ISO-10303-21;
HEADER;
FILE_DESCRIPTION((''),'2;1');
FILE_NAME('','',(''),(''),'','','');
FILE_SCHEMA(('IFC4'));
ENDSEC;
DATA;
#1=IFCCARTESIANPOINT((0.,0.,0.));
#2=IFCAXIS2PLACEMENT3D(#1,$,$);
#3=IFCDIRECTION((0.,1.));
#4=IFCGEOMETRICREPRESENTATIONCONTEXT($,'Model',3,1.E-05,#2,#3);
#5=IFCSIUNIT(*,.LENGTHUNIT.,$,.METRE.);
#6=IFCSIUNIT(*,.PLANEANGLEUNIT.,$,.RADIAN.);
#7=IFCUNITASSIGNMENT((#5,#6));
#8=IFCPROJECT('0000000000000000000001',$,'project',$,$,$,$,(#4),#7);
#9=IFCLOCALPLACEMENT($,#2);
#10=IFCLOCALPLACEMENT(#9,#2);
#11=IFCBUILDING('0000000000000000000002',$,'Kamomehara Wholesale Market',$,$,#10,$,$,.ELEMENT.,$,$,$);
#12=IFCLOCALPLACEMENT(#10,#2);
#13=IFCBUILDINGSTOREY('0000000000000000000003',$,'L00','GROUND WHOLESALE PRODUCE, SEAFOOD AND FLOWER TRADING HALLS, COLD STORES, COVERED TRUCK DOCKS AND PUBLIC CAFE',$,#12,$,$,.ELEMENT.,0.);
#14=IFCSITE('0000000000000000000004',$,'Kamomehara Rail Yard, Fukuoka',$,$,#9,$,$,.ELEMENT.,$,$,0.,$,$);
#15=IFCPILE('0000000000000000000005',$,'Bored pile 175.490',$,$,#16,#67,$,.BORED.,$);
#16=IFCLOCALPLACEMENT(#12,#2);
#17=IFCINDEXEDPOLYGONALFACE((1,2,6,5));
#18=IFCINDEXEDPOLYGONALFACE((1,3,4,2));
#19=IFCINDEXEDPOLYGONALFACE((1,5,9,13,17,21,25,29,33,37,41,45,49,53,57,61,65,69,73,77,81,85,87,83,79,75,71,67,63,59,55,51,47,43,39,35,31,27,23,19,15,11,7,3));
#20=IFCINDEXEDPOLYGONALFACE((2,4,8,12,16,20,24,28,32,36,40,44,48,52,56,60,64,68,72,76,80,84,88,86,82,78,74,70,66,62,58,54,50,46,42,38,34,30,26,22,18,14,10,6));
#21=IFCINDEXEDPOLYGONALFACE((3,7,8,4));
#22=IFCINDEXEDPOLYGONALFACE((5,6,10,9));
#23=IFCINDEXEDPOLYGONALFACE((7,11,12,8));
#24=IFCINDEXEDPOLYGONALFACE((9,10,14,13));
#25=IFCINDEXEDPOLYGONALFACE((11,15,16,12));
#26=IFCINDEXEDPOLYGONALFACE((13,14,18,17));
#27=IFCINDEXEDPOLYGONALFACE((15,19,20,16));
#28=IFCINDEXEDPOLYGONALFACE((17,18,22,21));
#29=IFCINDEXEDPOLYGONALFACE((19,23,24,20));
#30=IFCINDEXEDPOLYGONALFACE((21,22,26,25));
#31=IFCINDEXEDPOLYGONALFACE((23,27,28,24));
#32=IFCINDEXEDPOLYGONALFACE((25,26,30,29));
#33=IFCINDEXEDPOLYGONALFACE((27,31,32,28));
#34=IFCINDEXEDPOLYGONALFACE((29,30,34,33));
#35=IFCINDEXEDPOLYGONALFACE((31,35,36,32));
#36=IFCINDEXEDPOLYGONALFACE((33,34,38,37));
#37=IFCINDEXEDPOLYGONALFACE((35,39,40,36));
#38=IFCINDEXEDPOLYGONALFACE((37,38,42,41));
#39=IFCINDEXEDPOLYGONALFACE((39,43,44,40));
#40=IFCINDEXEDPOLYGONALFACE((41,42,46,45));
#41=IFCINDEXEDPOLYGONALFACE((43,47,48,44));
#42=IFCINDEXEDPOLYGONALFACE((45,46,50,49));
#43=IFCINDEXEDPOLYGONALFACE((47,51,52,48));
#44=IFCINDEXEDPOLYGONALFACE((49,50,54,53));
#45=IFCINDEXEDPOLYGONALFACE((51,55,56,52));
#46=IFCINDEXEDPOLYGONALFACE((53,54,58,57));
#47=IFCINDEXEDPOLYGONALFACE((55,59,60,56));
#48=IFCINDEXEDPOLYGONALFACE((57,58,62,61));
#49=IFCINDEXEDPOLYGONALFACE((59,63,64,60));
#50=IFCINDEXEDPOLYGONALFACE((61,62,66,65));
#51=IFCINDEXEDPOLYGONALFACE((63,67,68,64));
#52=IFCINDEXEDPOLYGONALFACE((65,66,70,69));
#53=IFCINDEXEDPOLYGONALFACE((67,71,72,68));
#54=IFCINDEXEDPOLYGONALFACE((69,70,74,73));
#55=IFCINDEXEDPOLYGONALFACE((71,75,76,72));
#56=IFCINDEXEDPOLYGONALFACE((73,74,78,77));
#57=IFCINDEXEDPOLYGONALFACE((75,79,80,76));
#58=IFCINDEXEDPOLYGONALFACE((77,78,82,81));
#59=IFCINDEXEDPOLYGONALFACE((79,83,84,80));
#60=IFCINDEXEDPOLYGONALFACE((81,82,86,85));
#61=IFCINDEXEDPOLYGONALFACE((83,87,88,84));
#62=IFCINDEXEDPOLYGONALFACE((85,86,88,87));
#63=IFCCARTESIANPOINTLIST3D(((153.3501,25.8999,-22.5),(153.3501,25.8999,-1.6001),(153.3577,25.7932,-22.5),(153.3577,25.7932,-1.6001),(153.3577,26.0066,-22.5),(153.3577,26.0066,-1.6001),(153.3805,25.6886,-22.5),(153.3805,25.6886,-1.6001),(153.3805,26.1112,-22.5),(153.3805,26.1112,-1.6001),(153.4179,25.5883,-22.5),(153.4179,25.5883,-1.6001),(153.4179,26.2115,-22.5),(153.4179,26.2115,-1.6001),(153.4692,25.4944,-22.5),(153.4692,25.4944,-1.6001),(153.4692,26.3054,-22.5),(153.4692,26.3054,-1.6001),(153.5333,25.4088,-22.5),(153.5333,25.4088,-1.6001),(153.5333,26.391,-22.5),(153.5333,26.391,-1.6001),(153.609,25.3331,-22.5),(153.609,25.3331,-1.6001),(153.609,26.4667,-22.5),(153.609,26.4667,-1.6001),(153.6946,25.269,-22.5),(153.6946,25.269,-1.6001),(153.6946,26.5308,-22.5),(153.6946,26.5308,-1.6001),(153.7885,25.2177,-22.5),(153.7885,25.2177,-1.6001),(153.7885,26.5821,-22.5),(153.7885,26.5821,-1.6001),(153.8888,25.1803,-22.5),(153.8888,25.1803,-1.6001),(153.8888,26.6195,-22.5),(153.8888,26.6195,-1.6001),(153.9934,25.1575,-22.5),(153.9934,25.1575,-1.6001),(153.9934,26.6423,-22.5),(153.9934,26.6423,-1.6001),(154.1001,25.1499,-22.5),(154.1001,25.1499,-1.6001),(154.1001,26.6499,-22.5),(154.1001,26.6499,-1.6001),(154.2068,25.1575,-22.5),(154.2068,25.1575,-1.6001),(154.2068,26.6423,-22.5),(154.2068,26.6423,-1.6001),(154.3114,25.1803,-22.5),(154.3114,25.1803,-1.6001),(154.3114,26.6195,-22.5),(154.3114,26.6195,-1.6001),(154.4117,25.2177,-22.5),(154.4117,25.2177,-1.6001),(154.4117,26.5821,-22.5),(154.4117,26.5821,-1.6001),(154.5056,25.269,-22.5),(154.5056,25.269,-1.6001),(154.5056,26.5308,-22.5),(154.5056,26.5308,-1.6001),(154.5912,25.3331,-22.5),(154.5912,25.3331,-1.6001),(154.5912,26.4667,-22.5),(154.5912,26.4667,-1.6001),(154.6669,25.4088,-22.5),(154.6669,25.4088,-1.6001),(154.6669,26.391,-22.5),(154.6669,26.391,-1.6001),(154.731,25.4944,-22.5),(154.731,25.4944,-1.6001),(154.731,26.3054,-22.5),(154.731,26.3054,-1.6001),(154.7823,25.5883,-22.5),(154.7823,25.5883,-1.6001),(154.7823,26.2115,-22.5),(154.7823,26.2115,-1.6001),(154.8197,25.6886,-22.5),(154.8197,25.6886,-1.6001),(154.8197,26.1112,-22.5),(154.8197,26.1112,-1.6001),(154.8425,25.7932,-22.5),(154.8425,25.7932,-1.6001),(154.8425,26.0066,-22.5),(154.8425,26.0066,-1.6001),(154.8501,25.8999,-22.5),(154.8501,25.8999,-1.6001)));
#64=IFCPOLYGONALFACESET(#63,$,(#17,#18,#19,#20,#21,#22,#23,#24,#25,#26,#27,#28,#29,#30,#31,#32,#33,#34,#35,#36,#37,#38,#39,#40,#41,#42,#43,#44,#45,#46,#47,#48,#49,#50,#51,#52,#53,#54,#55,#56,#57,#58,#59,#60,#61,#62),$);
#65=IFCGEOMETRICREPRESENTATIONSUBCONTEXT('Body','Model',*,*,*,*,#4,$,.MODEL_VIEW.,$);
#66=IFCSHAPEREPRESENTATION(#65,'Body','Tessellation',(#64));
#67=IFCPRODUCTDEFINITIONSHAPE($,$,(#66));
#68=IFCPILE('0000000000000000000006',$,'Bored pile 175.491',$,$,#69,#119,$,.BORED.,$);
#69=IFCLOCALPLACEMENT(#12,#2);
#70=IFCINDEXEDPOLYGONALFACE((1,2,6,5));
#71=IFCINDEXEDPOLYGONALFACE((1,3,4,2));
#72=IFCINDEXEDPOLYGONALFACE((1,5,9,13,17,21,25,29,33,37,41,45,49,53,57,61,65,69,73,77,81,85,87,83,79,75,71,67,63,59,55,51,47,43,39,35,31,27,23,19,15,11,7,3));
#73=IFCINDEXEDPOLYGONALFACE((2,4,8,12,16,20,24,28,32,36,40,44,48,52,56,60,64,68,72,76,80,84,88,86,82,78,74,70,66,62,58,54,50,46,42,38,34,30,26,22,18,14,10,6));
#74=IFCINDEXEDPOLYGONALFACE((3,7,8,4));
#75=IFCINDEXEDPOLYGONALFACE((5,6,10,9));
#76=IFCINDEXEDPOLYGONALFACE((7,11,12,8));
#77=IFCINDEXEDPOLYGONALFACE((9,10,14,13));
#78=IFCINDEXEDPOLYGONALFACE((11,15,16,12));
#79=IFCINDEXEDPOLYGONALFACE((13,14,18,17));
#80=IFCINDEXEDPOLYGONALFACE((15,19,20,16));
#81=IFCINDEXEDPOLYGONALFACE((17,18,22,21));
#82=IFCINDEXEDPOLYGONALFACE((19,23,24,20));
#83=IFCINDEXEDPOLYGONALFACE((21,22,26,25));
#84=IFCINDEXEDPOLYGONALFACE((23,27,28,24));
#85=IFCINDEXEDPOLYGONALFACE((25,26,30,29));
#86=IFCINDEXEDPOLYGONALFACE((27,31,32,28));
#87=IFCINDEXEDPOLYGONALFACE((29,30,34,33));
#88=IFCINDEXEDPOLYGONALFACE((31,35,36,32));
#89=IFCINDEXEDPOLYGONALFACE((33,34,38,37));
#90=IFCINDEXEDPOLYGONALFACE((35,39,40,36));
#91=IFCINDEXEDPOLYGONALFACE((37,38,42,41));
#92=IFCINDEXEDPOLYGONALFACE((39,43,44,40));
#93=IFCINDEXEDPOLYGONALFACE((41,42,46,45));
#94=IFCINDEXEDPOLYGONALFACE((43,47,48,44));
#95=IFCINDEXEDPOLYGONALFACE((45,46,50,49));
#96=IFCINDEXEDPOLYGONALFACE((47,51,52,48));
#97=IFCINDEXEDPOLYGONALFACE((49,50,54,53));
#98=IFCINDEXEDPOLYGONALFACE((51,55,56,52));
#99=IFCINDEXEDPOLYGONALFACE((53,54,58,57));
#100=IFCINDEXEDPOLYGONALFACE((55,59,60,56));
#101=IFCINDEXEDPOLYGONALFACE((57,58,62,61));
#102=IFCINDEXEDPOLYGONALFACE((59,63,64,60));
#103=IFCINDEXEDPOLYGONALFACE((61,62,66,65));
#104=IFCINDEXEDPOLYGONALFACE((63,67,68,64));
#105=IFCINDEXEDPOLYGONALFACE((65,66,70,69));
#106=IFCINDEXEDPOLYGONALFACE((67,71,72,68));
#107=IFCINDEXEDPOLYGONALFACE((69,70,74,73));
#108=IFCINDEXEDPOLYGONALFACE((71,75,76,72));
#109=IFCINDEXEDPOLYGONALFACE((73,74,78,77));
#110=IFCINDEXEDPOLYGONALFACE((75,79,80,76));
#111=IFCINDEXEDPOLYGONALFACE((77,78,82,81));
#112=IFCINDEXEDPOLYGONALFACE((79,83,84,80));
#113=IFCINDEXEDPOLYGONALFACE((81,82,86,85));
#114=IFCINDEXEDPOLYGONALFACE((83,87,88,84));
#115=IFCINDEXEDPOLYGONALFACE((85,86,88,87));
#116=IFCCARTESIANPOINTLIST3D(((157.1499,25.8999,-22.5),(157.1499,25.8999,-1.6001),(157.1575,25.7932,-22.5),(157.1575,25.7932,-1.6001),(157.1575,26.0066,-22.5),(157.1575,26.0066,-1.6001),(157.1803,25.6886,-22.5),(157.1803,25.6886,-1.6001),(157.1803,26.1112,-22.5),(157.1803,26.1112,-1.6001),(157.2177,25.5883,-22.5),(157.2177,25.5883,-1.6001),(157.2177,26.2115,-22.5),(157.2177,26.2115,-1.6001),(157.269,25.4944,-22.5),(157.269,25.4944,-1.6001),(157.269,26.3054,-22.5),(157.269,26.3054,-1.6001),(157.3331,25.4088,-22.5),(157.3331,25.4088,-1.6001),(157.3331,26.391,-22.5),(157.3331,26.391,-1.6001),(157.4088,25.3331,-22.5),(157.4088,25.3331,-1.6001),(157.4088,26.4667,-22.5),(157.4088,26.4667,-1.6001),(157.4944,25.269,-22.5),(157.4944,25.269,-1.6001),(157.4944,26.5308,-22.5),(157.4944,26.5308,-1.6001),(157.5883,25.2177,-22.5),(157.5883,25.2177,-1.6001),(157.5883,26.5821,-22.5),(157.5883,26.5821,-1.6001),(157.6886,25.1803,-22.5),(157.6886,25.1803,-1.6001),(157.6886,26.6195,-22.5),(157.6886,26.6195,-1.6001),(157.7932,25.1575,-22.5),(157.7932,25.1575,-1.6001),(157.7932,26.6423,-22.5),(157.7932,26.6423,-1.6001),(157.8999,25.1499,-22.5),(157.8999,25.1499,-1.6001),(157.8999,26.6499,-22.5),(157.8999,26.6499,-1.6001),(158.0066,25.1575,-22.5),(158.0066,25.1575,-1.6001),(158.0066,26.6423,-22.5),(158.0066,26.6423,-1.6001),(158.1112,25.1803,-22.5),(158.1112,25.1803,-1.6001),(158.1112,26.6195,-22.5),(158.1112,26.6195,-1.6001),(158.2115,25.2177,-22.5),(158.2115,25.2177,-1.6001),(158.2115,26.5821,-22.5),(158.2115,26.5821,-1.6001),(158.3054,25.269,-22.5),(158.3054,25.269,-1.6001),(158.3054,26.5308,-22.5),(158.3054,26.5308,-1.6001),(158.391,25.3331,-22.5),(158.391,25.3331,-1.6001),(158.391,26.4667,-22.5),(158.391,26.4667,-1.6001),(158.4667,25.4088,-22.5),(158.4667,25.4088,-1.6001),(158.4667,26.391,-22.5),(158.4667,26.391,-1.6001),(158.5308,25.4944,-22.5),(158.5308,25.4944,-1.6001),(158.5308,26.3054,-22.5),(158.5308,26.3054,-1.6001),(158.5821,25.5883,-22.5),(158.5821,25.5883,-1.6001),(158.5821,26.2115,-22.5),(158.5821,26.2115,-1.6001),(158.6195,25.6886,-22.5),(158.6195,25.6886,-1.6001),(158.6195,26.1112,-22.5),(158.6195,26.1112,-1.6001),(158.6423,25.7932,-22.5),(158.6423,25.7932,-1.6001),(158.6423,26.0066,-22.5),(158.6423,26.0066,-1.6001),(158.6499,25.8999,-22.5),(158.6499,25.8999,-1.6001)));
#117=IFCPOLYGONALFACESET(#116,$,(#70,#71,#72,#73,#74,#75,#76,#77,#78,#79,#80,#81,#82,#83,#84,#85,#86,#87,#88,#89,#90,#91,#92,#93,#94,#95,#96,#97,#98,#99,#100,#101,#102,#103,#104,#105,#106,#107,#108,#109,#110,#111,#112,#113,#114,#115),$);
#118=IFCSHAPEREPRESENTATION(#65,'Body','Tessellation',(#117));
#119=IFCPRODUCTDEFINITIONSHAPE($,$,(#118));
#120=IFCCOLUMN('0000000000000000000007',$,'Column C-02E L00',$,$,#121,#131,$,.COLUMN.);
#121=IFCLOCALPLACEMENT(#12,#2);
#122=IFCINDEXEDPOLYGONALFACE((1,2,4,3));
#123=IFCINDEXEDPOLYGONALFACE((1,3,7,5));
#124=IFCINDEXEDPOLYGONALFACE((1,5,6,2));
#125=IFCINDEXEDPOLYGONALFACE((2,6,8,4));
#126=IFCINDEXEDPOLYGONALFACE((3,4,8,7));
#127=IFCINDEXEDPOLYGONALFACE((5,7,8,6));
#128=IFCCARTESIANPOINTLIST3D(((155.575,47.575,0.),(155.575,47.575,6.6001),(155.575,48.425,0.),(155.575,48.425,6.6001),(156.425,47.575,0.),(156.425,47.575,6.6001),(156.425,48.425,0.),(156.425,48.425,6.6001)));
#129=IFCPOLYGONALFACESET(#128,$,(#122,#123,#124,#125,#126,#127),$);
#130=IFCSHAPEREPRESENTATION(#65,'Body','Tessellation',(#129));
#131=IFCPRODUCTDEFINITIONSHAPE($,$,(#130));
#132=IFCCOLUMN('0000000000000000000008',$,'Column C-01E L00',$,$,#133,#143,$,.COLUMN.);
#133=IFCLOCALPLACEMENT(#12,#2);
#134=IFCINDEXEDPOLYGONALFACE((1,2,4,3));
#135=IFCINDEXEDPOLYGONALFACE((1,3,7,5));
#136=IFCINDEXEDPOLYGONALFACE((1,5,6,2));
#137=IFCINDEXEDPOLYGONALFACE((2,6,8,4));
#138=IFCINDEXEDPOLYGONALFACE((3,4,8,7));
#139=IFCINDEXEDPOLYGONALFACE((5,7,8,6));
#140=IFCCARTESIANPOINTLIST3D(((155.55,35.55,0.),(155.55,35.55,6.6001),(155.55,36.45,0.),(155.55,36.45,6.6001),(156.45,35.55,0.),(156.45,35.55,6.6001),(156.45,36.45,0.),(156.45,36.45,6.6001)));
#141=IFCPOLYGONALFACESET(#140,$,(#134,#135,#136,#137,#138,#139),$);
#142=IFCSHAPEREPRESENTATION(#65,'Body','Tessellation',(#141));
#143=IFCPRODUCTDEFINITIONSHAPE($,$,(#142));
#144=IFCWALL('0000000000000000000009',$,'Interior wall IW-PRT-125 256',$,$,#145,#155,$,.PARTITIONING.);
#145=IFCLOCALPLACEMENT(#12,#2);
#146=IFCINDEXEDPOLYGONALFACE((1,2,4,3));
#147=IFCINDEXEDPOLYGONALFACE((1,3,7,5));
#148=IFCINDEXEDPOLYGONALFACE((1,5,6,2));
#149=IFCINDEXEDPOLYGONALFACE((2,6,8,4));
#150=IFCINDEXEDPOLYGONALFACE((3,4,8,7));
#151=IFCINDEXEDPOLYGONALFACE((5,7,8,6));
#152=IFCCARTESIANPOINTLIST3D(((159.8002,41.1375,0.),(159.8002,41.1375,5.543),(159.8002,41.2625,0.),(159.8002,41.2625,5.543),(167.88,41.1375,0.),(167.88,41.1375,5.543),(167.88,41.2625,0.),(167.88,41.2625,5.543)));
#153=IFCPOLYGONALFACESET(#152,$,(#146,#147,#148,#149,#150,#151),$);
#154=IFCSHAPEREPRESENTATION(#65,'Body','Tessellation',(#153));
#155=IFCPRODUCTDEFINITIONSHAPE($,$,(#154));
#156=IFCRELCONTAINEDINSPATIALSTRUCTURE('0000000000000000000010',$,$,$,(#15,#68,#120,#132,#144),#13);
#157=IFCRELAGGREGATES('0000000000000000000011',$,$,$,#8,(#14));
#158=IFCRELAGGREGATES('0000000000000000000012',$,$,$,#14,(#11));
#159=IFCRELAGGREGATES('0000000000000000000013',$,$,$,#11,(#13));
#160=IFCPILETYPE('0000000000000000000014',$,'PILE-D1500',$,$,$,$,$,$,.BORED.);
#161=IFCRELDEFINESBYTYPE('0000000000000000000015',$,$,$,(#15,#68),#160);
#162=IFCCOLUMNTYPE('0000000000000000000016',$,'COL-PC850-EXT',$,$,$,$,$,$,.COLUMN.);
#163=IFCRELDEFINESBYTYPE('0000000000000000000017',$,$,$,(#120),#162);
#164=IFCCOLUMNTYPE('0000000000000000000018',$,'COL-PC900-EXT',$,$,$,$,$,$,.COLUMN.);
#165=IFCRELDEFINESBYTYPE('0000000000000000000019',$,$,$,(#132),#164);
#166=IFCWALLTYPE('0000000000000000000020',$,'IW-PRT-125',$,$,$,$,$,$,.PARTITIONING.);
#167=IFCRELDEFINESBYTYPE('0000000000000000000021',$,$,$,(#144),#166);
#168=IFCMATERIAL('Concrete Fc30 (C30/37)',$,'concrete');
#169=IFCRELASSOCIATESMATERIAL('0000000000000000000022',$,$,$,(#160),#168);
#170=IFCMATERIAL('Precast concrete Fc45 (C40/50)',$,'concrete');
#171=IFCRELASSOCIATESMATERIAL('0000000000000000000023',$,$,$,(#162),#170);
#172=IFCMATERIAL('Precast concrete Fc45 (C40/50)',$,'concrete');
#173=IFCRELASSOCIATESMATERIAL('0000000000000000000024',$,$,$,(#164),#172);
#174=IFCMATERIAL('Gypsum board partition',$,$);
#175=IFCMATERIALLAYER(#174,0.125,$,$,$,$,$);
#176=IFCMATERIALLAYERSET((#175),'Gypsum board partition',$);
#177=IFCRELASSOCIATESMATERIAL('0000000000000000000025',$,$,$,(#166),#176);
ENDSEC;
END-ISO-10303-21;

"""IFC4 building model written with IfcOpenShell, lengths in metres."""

from ifc_helpers import new_model, si_unit, direction, frame, frame_2d, origin, origin_2d, place, context, subcontext, project, spatial, rectangle, circle, extrude, material, layer, layer_set, material_profile, profile_set, type_object, element, save


model = new_model("IFC4")

# Units and contexts
model_context = context("Model", 3, precision=1e-05, world=origin(), true_north=direction((0.0, 1.0)))
body_context = subcontext(model_context, "Body", "Model", "MODEL_VIEW")
ifc_project = project(units=[si_unit("LENGTHUNIT", "METRE"), si_unit("PLANEANGLEUNIT", "RADIAN")], contexts=[model_context])

# Site, building, storey
site_placement = place(None, origin())
site = spatial("IfcSite", under=ifc_project, at=site_placement, Name="Kamomehara Rail Yard, Fukuoka", CompositionType="ELEMENT", RefElevation=0.0)
building_placement = place(site_placement, origin())
building = spatial("IfcBuilding", under=site, at=building_placement, Name="Kamomehara Wholesale Market", CompositionType="ELEMENT")
storey_placement = place(building_placement, origin())
storey = spatial("IfcBuildingStorey", under=building, at=storey_placement, Name="L00", Description="GROUND WHOLESALE PRODUCE, SEAFOOD AND FLOWER TRADING HALLS, COLD STORES, COVERED TRUCK DOCKS AND PUBLIC CAFE", CompositionType="ELEMENT", Elevation=0.0)

# Piles
ifc_material_1 = material(Name="Concrete Fc30 (C30/37)", Category="concrete")
ifc_material_profile_1 = material_profile(ifc_material_1, circle(Radius=0.75, at=origin_2d()), Name="RC-PILE-D1500")
ifc_profile_set_1 = profile_set([ifc_material_profile_1], Name="Concrete Fc30 (C30/37)")
pile_type_1 = type_object("IfcPileType", Name="PILE-D1500", PredefinedType="BORED", material=ifc_profile_set_1)
for number, where, z_axis, x_axis, name in (
    (1, (154.1001, 25.8999, -1.6001), (0.0, 0.0, -1.0), (1.0, 0.0, 0.0), "Bored pile 175.490"),
    (2, (157.8999, 25.8999, -1.6001), (0.0, 0.0, -1.0), (1.0, 0.0, 0.0), "Bored pile 175.491"),
):
    element("IfcPile", number, at=place(storey_placement, frame(where, z_axis=z_axis, x_axis=x_axis)), inside=storey, type_object=pile_type_1, Name=name, PredefinedType="BORED", context=body_context, shape_type="SweptSolid", body=[
        extrude(circle(Radius=0.75, at=origin_2d()), origin(), (0.0, 0.0, 1.0), 20.8999),
    ])

# Columns
ifc_material_2 = material(Name="Precast concrete Fc45 (C40/50)", Category="concrete")
ifc_material_profile_2 = material_profile(ifc_material_2, rectangle(XDim=0.8501, YDim=0.8501, at=origin_2d()), Name="PC-COL-850x850")
ifc_profile_set_2 = profile_set([ifc_material_profile_2], Name="Precast concrete Fc45 (C40/50)")
column_type_1 = type_object("IfcColumnType", Name="COL-PC850-EXT", PredefinedType="COLUMN", material=ifc_profile_set_2)
column_1_placement = place(storey_placement, frame((156.0, 48.0, 0.0), z_axis=(0.0, 0.0, 1.0), x_axis=(1.0, 0.0, 0.0)))
element("IfcColumn", 3, at=column_1_placement, inside=storey, type_object=column_type_1, Name="Column C-02E L00", PredefinedType="COLUMN", context=body_context, shape_type="SweptSolid", body=[
    extrude(rectangle(XDim=0.8501, YDim=0.8501, at=origin_2d()), origin(), (0.0, 0.0, 1.0), 6.6001),
])
ifc_material_3 = material(Name="Precast concrete Fc45 (C40/50)", Category="concrete")
ifc_material_profile_3 = material_profile(ifc_material_3, rectangle(XDim=0.8999, YDim=0.8999, at=origin_2d()), Name="PC-COL-900x900")
ifc_profile_set_3 = profile_set([ifc_material_profile_3], Name="Precast concrete Fc45 (C40/50)")
column_type_2 = type_object("IfcColumnType", Name="COL-PC900-EXT", PredefinedType="COLUMN", material=ifc_profile_set_3)
column_2_placement = place(storey_placement, frame((156.0, 36.0, 0.0), z_axis=(0.0, 0.0, 1.0), x_axis=(1.0, 0.0, 0.0)))
element("IfcColumn", 4, at=column_2_placement, inside=storey, type_object=column_type_2, Name="Column C-01E L00", PredefinedType="COLUMN", context=body_context, shape_type="SweptSolid", body=[
    extrude(rectangle(XDim=0.8999, YDim=0.8999, at=origin_2d()), origin(), (0.0, 0.0, 1.0), 6.6001),
])

# Wall
ifc_material_4 = material(Name="Gypsum board partition")
ifc_layer_1 = layer(ifc_material_4, 0.125)
ifc_layer_set_1 = layer_set([ifc_layer_1], Name="Gypsum board partition")
wall_type_1 = type_object("IfcWallType", Name="IW-PRT-125", PredefinedType="PARTITIONING", material=ifc_layer_set_1)
wall_1_placement = place(storey_placement, frame((159.8, 41.2, 0.0), z_axis=(0.0, 0.0, 1.0), x_axis=(1.0, 0.0, 0.0)))
element("IfcWall", 5, at=wall_1_placement, inside=storey, type_object=wall_type_1, Name="Interior wall IW-PRT-125 256", PredefinedType="PARTITIONING", context=body_context, shape_type="SweptSolid", body=[
    extrude(rectangle(XDim=8.0798, YDim=0.125, at=frame_2d((4.04, 0.0))), origin(), (0.0, 0.0, 1.0), 5.543),
])

save(model, "model.ifc")
